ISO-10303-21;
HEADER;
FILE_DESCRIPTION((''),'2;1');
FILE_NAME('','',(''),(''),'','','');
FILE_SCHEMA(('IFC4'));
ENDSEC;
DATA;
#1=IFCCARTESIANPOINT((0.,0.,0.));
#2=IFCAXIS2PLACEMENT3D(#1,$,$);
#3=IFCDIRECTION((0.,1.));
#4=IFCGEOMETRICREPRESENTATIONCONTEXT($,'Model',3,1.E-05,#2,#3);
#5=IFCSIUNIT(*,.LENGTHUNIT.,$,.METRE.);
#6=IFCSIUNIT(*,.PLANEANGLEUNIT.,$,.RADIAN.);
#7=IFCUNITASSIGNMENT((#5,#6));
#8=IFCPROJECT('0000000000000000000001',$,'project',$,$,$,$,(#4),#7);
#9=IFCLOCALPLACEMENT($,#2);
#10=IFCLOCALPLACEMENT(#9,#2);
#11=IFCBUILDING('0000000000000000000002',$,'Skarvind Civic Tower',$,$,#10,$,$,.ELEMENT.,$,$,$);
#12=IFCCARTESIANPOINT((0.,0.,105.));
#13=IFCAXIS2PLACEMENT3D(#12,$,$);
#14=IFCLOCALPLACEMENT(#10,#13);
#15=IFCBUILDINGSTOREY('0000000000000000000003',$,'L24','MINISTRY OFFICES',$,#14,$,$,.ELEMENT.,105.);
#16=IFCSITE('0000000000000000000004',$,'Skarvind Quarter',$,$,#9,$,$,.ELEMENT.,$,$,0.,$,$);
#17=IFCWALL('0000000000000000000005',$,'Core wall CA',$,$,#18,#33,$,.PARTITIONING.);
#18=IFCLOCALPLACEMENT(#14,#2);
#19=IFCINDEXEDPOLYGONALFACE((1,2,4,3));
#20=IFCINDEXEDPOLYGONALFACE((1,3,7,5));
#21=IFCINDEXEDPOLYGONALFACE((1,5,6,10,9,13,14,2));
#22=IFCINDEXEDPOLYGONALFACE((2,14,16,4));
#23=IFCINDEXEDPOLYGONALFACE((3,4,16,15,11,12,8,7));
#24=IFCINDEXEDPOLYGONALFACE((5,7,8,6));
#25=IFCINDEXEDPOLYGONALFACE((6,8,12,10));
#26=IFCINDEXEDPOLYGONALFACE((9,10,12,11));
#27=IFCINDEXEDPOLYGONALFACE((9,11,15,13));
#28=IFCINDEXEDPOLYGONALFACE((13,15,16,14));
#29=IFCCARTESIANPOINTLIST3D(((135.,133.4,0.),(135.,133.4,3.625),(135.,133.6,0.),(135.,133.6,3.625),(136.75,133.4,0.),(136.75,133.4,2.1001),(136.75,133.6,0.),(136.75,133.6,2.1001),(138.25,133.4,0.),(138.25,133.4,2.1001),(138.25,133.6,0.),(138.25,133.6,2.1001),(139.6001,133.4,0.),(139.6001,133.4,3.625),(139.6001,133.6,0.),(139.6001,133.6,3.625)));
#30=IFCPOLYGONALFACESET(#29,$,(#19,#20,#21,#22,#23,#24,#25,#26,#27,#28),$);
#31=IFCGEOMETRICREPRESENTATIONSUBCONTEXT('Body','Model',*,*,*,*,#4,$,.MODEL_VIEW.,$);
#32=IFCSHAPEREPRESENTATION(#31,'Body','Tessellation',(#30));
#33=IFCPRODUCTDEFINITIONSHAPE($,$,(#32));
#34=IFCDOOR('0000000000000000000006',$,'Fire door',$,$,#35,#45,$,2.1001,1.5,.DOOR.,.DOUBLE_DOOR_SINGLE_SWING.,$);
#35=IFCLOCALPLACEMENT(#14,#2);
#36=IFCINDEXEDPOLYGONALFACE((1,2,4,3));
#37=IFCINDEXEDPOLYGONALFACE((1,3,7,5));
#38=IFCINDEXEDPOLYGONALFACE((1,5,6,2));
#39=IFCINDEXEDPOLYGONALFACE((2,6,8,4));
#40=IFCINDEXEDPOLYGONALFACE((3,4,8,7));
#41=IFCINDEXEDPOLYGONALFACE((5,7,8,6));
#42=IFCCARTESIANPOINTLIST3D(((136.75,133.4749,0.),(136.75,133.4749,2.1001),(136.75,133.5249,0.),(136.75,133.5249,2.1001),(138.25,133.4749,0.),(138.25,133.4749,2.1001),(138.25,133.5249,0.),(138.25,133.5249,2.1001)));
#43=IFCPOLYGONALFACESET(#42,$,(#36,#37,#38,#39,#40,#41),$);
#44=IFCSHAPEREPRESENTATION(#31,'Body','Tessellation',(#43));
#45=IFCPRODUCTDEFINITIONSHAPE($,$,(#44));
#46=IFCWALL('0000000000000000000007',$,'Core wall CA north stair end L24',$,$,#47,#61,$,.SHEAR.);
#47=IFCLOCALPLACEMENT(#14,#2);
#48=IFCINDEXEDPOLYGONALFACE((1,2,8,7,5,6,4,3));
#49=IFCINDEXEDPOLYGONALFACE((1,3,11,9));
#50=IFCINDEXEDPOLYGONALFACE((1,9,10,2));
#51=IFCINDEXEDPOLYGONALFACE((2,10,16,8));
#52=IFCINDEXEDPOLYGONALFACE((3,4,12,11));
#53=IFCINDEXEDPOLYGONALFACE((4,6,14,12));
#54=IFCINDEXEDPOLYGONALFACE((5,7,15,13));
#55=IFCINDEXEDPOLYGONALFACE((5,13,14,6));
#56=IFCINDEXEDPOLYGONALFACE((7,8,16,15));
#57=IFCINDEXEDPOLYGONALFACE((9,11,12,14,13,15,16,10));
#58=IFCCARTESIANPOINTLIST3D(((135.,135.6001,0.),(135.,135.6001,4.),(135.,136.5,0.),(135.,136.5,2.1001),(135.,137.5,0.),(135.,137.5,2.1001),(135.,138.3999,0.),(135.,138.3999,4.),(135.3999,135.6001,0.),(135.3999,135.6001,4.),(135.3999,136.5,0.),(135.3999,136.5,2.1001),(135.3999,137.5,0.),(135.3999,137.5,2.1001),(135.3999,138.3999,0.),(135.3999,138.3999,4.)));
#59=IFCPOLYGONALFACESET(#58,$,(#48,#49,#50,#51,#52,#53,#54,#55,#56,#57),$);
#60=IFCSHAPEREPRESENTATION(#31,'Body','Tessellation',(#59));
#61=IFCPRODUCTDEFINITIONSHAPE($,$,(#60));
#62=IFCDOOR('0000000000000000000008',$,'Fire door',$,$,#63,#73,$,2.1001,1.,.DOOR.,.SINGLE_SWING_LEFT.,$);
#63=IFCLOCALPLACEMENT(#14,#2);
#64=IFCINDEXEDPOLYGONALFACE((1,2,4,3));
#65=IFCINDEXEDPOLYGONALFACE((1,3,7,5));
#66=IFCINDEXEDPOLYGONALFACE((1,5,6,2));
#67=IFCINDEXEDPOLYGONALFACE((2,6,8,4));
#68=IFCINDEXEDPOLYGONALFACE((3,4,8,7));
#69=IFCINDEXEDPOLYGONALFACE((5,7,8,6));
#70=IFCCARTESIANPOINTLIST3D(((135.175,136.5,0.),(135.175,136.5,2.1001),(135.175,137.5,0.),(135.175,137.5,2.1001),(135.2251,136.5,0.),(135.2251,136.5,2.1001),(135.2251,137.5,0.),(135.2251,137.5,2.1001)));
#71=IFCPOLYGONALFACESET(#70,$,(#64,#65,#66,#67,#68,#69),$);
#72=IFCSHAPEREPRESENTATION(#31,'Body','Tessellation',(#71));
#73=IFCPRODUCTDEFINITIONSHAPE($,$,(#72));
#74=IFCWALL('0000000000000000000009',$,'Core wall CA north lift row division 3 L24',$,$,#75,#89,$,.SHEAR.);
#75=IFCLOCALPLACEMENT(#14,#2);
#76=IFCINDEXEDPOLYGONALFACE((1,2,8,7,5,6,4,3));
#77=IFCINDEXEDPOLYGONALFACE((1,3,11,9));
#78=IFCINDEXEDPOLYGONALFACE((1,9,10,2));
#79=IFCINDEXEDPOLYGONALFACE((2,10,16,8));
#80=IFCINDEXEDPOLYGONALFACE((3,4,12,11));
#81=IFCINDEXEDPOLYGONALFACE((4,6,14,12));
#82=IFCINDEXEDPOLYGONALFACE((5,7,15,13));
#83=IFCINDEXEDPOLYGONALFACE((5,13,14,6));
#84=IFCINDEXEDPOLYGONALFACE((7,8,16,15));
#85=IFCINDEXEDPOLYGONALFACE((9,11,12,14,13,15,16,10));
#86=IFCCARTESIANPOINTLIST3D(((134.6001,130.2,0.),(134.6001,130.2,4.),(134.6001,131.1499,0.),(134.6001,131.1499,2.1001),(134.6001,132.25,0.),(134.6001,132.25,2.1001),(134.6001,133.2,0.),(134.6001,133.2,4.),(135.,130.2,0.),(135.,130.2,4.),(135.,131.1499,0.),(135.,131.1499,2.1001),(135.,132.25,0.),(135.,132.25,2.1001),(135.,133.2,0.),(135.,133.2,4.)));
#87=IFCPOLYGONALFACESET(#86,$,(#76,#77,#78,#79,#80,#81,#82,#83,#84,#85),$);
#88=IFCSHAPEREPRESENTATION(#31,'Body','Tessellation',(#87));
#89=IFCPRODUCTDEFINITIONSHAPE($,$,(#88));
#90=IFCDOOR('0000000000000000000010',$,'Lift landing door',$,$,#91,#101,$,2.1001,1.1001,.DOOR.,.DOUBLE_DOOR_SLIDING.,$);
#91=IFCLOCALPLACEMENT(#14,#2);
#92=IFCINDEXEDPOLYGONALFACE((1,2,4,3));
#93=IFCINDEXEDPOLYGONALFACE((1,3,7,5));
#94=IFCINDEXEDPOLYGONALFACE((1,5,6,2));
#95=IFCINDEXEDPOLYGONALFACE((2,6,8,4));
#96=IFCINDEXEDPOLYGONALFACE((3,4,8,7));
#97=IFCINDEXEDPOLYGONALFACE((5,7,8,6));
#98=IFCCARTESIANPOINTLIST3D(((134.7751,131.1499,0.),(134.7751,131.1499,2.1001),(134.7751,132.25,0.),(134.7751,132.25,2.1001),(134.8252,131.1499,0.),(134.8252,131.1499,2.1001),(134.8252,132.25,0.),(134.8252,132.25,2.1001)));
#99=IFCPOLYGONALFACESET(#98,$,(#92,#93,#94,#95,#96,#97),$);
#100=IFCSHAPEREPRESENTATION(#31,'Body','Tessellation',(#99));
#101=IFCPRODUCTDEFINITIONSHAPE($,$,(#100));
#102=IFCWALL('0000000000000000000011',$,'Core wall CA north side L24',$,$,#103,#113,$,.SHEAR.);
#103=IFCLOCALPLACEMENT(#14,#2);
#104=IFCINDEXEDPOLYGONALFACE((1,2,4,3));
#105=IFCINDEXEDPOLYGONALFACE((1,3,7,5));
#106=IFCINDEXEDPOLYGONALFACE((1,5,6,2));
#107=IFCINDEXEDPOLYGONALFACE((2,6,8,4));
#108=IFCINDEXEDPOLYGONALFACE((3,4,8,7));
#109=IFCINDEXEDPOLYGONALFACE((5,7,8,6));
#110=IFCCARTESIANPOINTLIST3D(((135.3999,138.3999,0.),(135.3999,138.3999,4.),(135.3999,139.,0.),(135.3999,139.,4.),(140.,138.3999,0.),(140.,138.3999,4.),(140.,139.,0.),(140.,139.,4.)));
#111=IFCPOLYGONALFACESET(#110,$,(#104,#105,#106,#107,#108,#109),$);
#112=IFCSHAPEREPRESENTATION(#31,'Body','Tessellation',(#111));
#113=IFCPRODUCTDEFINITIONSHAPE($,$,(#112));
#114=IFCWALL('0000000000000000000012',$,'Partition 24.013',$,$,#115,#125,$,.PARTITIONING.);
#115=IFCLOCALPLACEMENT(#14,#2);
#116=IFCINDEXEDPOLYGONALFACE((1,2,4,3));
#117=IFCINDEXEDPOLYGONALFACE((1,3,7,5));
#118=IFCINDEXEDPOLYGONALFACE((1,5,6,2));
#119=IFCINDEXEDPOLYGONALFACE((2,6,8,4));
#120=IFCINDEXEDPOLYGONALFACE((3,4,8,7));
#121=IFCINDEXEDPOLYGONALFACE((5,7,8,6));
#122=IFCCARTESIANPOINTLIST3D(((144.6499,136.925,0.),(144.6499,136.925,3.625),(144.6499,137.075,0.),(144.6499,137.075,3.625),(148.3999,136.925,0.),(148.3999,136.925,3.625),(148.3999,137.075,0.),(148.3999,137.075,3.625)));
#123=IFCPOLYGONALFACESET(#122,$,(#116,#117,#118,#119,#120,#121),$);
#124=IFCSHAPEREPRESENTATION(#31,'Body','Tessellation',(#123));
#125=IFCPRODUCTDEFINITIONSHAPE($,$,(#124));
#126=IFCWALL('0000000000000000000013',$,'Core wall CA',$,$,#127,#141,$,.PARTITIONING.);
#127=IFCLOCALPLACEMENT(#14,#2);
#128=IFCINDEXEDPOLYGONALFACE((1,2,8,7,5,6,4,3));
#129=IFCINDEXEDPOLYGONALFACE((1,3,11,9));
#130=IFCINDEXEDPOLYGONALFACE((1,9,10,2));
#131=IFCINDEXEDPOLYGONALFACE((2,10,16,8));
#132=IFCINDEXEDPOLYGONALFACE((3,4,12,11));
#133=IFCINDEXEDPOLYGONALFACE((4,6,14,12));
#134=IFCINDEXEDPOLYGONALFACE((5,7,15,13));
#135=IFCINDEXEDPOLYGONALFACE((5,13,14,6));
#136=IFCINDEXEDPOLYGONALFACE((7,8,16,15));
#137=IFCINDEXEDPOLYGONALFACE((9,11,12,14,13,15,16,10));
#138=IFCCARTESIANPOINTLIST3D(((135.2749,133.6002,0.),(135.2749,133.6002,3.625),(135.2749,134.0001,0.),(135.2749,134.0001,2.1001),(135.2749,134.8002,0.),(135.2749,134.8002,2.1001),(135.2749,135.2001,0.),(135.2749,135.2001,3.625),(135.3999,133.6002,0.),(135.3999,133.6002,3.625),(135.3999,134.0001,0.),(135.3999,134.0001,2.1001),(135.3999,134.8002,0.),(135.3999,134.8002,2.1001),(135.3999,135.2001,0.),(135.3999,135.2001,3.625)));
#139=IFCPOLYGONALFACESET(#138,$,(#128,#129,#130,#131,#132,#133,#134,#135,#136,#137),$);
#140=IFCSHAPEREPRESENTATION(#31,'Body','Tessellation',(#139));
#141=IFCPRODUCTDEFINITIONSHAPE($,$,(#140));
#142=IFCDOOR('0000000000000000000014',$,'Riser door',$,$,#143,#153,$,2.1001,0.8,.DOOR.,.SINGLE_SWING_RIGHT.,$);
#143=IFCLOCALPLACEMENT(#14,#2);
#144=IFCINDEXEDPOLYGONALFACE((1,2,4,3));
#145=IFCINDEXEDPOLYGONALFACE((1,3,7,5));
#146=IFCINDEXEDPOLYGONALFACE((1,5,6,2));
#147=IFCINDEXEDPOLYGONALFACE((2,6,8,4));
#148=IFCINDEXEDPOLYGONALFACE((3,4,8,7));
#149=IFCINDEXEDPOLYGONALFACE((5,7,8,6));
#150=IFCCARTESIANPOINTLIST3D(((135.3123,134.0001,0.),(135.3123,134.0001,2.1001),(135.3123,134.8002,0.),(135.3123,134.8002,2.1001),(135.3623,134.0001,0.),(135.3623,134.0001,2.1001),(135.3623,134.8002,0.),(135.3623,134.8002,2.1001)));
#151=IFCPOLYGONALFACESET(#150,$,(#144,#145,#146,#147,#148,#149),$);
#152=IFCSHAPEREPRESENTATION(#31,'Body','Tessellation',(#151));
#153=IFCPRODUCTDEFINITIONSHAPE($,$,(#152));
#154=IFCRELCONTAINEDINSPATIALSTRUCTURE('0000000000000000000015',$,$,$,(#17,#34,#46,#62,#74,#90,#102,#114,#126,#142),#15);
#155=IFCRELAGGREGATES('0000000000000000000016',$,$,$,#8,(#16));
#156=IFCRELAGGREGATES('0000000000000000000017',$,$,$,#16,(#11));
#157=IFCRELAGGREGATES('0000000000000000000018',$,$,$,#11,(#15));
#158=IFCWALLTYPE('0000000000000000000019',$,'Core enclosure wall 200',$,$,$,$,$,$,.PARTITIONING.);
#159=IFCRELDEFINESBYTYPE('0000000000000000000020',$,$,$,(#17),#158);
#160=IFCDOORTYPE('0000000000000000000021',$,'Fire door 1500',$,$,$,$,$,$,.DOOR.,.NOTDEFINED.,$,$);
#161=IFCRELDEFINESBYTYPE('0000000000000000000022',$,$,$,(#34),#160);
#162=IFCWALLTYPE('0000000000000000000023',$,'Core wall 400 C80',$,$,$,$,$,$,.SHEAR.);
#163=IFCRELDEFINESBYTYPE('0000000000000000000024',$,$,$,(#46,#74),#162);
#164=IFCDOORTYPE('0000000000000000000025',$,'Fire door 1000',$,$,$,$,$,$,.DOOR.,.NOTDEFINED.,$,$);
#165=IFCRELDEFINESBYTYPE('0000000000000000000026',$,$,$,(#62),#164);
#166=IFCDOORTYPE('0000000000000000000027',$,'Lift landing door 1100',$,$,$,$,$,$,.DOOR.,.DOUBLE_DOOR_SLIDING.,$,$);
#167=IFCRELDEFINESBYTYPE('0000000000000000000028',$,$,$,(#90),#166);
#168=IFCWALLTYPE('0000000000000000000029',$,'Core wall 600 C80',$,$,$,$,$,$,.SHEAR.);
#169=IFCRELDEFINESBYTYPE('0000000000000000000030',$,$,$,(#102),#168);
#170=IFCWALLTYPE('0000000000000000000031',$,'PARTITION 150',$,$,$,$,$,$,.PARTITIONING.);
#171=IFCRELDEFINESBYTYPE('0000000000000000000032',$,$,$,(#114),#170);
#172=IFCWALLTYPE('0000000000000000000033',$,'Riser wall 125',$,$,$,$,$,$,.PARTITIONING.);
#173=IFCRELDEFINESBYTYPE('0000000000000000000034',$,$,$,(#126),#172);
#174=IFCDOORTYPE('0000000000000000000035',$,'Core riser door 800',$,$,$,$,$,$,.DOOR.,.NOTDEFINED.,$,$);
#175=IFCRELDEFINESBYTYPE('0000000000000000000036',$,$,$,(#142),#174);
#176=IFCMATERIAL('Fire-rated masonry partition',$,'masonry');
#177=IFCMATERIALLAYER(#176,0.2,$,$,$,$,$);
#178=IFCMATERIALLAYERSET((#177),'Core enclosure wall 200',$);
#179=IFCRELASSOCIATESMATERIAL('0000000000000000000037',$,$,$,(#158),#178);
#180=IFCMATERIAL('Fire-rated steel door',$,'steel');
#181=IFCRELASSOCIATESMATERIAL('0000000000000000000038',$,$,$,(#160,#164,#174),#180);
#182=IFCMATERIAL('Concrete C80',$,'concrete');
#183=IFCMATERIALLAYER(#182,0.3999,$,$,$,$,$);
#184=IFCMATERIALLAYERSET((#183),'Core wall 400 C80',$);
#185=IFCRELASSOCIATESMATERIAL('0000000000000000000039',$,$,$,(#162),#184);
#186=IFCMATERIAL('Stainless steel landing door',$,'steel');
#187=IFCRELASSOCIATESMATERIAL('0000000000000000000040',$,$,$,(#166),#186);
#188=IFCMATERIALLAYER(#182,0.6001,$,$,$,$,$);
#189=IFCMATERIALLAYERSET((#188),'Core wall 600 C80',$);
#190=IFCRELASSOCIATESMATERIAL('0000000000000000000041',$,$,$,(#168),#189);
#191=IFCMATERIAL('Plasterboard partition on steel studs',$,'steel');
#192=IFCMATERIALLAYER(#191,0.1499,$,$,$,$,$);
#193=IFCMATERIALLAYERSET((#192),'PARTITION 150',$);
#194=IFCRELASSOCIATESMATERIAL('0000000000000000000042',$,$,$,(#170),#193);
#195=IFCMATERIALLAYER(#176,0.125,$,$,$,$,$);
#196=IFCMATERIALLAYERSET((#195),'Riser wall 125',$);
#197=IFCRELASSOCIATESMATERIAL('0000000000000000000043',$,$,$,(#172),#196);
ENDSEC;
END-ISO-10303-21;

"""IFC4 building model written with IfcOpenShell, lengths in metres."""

from ifc_helpers import new_model, si_unit, direction, frame, frame_2d, origin, place, context, subcontext, project, spatial, rectangle, extrude, material, layer, layer_set, type_object, element, fill, save


model = new_model("IFC4")

# Units and contexts
model_context = context("Model", 3, precision=1e-05, world=origin(), true_north=direction((0.0, 1.0)))
body_context = subcontext(model_context, "Body", "Model", "MODEL_VIEW")
ifc_project = project(units=[si_unit("LENGTHUNIT", "METRE"), si_unit("PLANEANGLEUNIT", "RADIAN")], contexts=[model_context])

# Site, building, storey
site_placement = place(None, origin())
site = spatial("IfcSite", under=ifc_project, at=site_placement, Name="Skarvind Quarter", CompositionType="ELEMENT", RefElevation=0.0)
building_placement = place(site_placement, origin())
building = spatial("IfcBuilding", under=site, at=building_placement, Name="Skarvind Civic Tower", CompositionType="ELEMENT")
storey_placement = place(building_placement, frame((0.0, 0.0, 105.0)))
storey = spatial("IfcBuildingStorey", under=building, at=storey_placement, Name="L24", Description="MINISTRY OFFICES", CompositionType="ELEMENT", Elevation=105.0)

# Walls, openings, doors
ifc_material_1 = material(Name="Fire-rated masonry partition", Category="masonry")
ifc_layer_1 = layer(ifc_material_1, 0.2)
ifc_layer_set_1 = layer_set([ifc_layer_1], Name="Core enclosure wall 200")
wall_type_1 = type_object("IfcWallType", Name="Core enclosure wall 200", PredefinedType="PARTITIONING", material=ifc_layer_set_1)
wall_1_placement = place(storey_placement, frame((135.0, 133.5, 0.0), z_axis=(0.0, 0.0, 1.0), x_axis=(1.0, 0.0, 0.0)))
wall_1 = element("IfcWall", 1, at=wall_1_placement, inside=storey, type_object=wall_type_1, Name="Core wall CA", PredefinedType="PARTITIONING", context=body_context, shape_type="SweptSolid", body=[
    extrude(rectangle(XDim=4.6001, YDim=0.2, at=frame_2d((2.3, 0.0))), origin(), (0.0, 0.0, 1.0), 3.625),
])
opening_1_placement = place(wall_1_placement, frame((1.75, 0.0, 0.0)))
opening_1 = element("IfcOpeningElement", 2, at=opening_1_placement, cuts=wall_1, PredefinedType="OPENING", context=body_context, shape_type="SweptSolid", body=[
    extrude(rectangle(XDim=1.5, YDim=2.1001, at=frame_2d((0.75, 1.05))), frame((0.0, 0.1099, 0.0), z_axis=(0.0, -1.0, 0.0), x_axis=(1.0, 0.0, 0.0)), (0.0, 0.0, 1.0), 0.22),
])
ifc_material_2 = material(Name="Fire-rated steel door", Category="steel")
door_type_1 = type_object("IfcDoorType", Name="Fire door 1500", OperationType="NOTDEFINED", PredefinedType="DOOR", material=ifc_material_2)
door_1_placement = place(opening_1_placement, origin())
door_1 = element("IfcDoor", 3, at=door_1_placement, inside=storey, type_object=door_type_1, Name="Fire door", OperationType="DOUBLE_DOOR_SINGLE_SWING", OverallHeight=2.1001, OverallWidth=1.5, PredefinedType="DOOR", context=body_context, shape_type="SweptSolid", body=[
    extrude(rectangle(XDim=1.5, YDim=2.1001, at=frame_2d((0.75, 1.05))), frame((0.0, 0.0249, 0.0), z_axis=(0.0, -1.0, 0.0), x_axis=(1.0, 0.0, 0.0)), (0.0, 0.0, 1.0), 0.05),
])
fill(opening_1, door_1)
ifc_material_3 = material(Name="Concrete C80", Category="concrete")
ifc_layer_2 = layer(ifc_material_3, 0.3999)
ifc_layer_set_2 = layer_set([ifc_layer_2], Name="Core wall 400 C80")
wall_type_2 = type_object("IfcWallType", Name="Core wall 400 C80", PredefinedType="SHEAR", material=ifc_layer_set_2)
wall_2_placement = place(storey_placement, frame((135.2, 135.6001, 0.0), z_axis=(0.0, 0.0, 1.0), x_axis=(0.0, 1.0, 0.0)))
wall_2 = element("IfcWall", 4, at=wall_2_placement, inside=storey, type_object=wall_type_2, Name="Core wall CA north stair end L24", PredefinedType="SHEAR", context=body_context, shape_type="SweptSolid", body=[
    extrude(rectangle(XDim=2.7998, YDim=0.3999, at=frame_2d((1.3999, 0.0))), origin(), (0.0, 0.0, 1.0), 4.0),
])
opening_2_placement = place(wall_2_placement, frame((0.8999, 0.0, 0.0)))
opening_2 = element("IfcOpeningElement", 5, at=opening_2_placement, cuts=wall_2, PredefinedType="OPENING", context=body_context, shape_type="SweptSolid", body=[
    extrude(rectangle(XDim=1.0, YDim=2.1001, at=frame_2d((0.5, 1.05))), frame((0.0, 0.21, 0.0), z_axis=(0.0, -1.0, 0.0), x_axis=(1.0, 0.0, 0.0)), (0.0, 0.0, 1.0), 0.4199),
])
door_type_2 = type_object("IfcDoorType", Name="Fire door 1000", OperationType="NOTDEFINED", PredefinedType="DOOR", material=ifc_material_2)
door_2_placement = place(opening_2_placement, origin())
door_2 = element("IfcDoor", 6, at=door_2_placement, inside=storey, type_object=door_type_2, Name="Fire door", OperationType="SINGLE_SWING_LEFT", OverallHeight=2.1001, OverallWidth=1.0, PredefinedType="DOOR", context=body_context, shape_type="SweptSolid", body=[
    extrude(rectangle(XDim=1.0, YDim=2.1001, at=frame_2d((0.5, 1.05))), frame((0.0, 0.0249, 0.0), z_axis=(0.0, -1.0, 0.0), x_axis=(1.0, 0.0, 0.0)), (0.0, 0.0, 1.0), 0.05),
])
fill(opening_2, door_2)
wall_3_placement = place(storey_placement, frame((134.8, 130.2, 0.0), z_axis=(0.0, 0.0, 1.0), x_axis=(0.0, 1.0, 0.0)))
wall_3 = element("IfcWall", 7, at=wall_3_placement, inside=storey, type_object=wall_type_2, Name="Core wall CA north lift row division 3 L24", PredefinedType="SHEAR", context=body_context, shape_type="SweptSolid", body=[
    extrude(rectangle(XDim=3.0, YDim=0.3999, at=frame_2d((1.5, 0.0))), origin(), (0.0, 0.0, 1.0), 4.0),
])
opening_3_placement = place(wall_3_placement, frame((0.95, 0.0, 0.0)))
opening_3 = element("IfcOpeningElement", 8, at=opening_3_placement, cuts=wall_3, PredefinedType="OPENING", context=body_context, shape_type="SweptSolid", body=[
    extrude(rectangle(XDim=1.1001, YDim=2.1001, at=frame_2d((0.55, 1.05))), frame((0.0, 0.21, 0.0), z_axis=(0.0, -1.0, 0.0), x_axis=(1.0, 0.0, 0.0)), (0.0, 0.0, 1.0), 0.4199),
])
ifc_material_4 = material(Name="Stainless steel landing door", Category="steel")
door_type_3 = type_object("IfcDoorType", Name="Lift landing door 1100", OperationType="DOUBLE_DOOR_SLIDING", PredefinedType="DOOR", material=ifc_material_4)
door_3_placement = place(opening_3_placement, origin())
door_3 = element("IfcDoor", 9, at=door_3_placement, inside=storey, type_object=door_type_3, Name="Lift landing door", OperationType="DOUBLE_DOOR_SLIDING", OverallHeight=2.1001, OverallWidth=1.1001, PredefinedType="DOOR", context=body_context, shape_type="SweptSolid", body=[
    extrude(rectangle(XDim=1.1001, YDim=2.1001, at=frame_2d((0.55, 1.05))), frame((0.0, 0.0249, 0.0), z_axis=(0.0, -1.0, 0.0), x_axis=(1.0, 0.0, 0.0)), (0.0, 0.0, 1.0), 0.05),
])
fill(opening_3, door_3)

# Walls
ifc_layer_3 = layer(ifc_material_3, 0.6001)
ifc_layer_set_3 = layer_set([ifc_layer_3], Name="Core wall 600 C80")
wall_type_3 = type_object("IfcWallType", Name="Core wall 600 C80", PredefinedType="SHEAR", material=ifc_layer_set_3)
wall_4_placement = place(storey_placement, frame((135.3999, 138.7, 0.0), z_axis=(0.0, 0.0, 1.0), x_axis=(1.0, 0.0, 0.0)))
element("IfcWall", 10, at=wall_4_placement, inside=storey, type_object=wall_type_3, Name="Core wall CA north side L24", PredefinedType="SHEAR", context=body_context, shape_type="SweptSolid", body=[
    extrude(rectangle(XDim=4.6001, YDim=0.6001, at=frame_2d((2.3, 0.0))), origin(), (0.0, 0.0, 1.0), 4.0),
])
ifc_material_5 = material(Name="Plasterboard partition on steel studs", Category="steel")
ifc_layer_4 = layer(ifc_material_5, 0.1499)
ifc_layer_set_4 = layer_set([ifc_layer_4], Name="PARTITION 150")
wall_type_4 = type_object("IfcWallType", Name="PARTITION 150", PredefinedType="PARTITIONING", material=ifc_layer_set_4)
wall_5_placement = place(storey_placement, frame((144.6499, 137.0, 0.0), z_axis=(0.0, 0.0, 1.0), x_axis=(1.0, 0.0, 0.0)))
element("IfcWall", 11, at=wall_5_placement, inside=storey, type_object=wall_type_4, Name="Partition 24.013", PredefinedType="PARTITIONING", context=body_context, shape_type="SweptSolid", body=[
    extrude(rectangle(XDim=3.75, YDim=0.1499, at=frame_2d((1.875, 0.0))), origin(), (0.0, 0.0, 1.0), 3.625),
])

# Wall, opening, door
ifc_layer_5 = layer(ifc_material_1, 0.125)
ifc_layer_set_5 = layer_set([ifc_layer_5], Name="Riser wall 125")
wall_type_5 = type_object("IfcWallType", Name="Riser wall 125", PredefinedType="PARTITIONING", material=ifc_layer_set_5)
wall_6_placement = place(storey_placement, frame((135.3374, 135.2, 0.0), z_axis=(0.0, 0.0, 1.0), x_axis=(0.0, -1.0, 0.0)))
wall_6 = element("IfcWall", 12, at=wall_6_placement, inside=storey, type_object=wall_type_5, Name="Core wall CA", PredefinedType="PARTITIONING", context=body_context, shape_type="SweptSolid", body=[
    extrude(rectangle(XDim=1.5999, YDim=0.125, at=frame_2d((0.7998, 0.0))), origin(), (0.0, 0.0, 1.0), 3.625),
])
opening_4_placement = place(wall_6_placement, frame((0.3999, 0.0, 0.0)))
opening_4 = element("IfcOpeningElement", 13, at=opening_4_placement, cuts=wall_6, PredefinedType="OPENING", context=body_context, shape_type="SweptSolid", body=[
    extrude(rectangle(XDim=0.8, YDim=2.1001, at=frame_2d((0.3999, 1.05))), frame((0.0, 0.0725, 0.0), z_axis=(0.0, -1.0, 0.0), x_axis=(1.0, 0.0, 0.0)), (0.0, 0.0, 1.0), 0.145),
])
door_type_4 = type_object("IfcDoorType", Name="Core riser door 800", OperationType="NOTDEFINED", PredefinedType="DOOR", material=ifc_material_2)
door_4_placement = place(opening_4_placement, origin())
door_4 = element("IfcDoor", 14, at=door_4_placement, inside=storey, type_object=door_type_4, Name="Riser door", OperationType="SINGLE_SWING_RIGHT", OverallHeight=2.1001, OverallWidth=0.8, PredefinedType="DOOR", context=body_context, shape_type="SweptSolid", body=[
    extrude(rectangle(XDim=0.8, YDim=2.1001, at=frame_2d((0.3999, 1.05))), frame((0.0, 0.0249, 0.0), z_axis=(0.0, -1.0, 0.0), x_axis=(1.0, 0.0, 0.0)), (0.0, 0.0, 1.0), 0.05),
])
fill(opening_4, door_4)

save(model, "model.ifc")
